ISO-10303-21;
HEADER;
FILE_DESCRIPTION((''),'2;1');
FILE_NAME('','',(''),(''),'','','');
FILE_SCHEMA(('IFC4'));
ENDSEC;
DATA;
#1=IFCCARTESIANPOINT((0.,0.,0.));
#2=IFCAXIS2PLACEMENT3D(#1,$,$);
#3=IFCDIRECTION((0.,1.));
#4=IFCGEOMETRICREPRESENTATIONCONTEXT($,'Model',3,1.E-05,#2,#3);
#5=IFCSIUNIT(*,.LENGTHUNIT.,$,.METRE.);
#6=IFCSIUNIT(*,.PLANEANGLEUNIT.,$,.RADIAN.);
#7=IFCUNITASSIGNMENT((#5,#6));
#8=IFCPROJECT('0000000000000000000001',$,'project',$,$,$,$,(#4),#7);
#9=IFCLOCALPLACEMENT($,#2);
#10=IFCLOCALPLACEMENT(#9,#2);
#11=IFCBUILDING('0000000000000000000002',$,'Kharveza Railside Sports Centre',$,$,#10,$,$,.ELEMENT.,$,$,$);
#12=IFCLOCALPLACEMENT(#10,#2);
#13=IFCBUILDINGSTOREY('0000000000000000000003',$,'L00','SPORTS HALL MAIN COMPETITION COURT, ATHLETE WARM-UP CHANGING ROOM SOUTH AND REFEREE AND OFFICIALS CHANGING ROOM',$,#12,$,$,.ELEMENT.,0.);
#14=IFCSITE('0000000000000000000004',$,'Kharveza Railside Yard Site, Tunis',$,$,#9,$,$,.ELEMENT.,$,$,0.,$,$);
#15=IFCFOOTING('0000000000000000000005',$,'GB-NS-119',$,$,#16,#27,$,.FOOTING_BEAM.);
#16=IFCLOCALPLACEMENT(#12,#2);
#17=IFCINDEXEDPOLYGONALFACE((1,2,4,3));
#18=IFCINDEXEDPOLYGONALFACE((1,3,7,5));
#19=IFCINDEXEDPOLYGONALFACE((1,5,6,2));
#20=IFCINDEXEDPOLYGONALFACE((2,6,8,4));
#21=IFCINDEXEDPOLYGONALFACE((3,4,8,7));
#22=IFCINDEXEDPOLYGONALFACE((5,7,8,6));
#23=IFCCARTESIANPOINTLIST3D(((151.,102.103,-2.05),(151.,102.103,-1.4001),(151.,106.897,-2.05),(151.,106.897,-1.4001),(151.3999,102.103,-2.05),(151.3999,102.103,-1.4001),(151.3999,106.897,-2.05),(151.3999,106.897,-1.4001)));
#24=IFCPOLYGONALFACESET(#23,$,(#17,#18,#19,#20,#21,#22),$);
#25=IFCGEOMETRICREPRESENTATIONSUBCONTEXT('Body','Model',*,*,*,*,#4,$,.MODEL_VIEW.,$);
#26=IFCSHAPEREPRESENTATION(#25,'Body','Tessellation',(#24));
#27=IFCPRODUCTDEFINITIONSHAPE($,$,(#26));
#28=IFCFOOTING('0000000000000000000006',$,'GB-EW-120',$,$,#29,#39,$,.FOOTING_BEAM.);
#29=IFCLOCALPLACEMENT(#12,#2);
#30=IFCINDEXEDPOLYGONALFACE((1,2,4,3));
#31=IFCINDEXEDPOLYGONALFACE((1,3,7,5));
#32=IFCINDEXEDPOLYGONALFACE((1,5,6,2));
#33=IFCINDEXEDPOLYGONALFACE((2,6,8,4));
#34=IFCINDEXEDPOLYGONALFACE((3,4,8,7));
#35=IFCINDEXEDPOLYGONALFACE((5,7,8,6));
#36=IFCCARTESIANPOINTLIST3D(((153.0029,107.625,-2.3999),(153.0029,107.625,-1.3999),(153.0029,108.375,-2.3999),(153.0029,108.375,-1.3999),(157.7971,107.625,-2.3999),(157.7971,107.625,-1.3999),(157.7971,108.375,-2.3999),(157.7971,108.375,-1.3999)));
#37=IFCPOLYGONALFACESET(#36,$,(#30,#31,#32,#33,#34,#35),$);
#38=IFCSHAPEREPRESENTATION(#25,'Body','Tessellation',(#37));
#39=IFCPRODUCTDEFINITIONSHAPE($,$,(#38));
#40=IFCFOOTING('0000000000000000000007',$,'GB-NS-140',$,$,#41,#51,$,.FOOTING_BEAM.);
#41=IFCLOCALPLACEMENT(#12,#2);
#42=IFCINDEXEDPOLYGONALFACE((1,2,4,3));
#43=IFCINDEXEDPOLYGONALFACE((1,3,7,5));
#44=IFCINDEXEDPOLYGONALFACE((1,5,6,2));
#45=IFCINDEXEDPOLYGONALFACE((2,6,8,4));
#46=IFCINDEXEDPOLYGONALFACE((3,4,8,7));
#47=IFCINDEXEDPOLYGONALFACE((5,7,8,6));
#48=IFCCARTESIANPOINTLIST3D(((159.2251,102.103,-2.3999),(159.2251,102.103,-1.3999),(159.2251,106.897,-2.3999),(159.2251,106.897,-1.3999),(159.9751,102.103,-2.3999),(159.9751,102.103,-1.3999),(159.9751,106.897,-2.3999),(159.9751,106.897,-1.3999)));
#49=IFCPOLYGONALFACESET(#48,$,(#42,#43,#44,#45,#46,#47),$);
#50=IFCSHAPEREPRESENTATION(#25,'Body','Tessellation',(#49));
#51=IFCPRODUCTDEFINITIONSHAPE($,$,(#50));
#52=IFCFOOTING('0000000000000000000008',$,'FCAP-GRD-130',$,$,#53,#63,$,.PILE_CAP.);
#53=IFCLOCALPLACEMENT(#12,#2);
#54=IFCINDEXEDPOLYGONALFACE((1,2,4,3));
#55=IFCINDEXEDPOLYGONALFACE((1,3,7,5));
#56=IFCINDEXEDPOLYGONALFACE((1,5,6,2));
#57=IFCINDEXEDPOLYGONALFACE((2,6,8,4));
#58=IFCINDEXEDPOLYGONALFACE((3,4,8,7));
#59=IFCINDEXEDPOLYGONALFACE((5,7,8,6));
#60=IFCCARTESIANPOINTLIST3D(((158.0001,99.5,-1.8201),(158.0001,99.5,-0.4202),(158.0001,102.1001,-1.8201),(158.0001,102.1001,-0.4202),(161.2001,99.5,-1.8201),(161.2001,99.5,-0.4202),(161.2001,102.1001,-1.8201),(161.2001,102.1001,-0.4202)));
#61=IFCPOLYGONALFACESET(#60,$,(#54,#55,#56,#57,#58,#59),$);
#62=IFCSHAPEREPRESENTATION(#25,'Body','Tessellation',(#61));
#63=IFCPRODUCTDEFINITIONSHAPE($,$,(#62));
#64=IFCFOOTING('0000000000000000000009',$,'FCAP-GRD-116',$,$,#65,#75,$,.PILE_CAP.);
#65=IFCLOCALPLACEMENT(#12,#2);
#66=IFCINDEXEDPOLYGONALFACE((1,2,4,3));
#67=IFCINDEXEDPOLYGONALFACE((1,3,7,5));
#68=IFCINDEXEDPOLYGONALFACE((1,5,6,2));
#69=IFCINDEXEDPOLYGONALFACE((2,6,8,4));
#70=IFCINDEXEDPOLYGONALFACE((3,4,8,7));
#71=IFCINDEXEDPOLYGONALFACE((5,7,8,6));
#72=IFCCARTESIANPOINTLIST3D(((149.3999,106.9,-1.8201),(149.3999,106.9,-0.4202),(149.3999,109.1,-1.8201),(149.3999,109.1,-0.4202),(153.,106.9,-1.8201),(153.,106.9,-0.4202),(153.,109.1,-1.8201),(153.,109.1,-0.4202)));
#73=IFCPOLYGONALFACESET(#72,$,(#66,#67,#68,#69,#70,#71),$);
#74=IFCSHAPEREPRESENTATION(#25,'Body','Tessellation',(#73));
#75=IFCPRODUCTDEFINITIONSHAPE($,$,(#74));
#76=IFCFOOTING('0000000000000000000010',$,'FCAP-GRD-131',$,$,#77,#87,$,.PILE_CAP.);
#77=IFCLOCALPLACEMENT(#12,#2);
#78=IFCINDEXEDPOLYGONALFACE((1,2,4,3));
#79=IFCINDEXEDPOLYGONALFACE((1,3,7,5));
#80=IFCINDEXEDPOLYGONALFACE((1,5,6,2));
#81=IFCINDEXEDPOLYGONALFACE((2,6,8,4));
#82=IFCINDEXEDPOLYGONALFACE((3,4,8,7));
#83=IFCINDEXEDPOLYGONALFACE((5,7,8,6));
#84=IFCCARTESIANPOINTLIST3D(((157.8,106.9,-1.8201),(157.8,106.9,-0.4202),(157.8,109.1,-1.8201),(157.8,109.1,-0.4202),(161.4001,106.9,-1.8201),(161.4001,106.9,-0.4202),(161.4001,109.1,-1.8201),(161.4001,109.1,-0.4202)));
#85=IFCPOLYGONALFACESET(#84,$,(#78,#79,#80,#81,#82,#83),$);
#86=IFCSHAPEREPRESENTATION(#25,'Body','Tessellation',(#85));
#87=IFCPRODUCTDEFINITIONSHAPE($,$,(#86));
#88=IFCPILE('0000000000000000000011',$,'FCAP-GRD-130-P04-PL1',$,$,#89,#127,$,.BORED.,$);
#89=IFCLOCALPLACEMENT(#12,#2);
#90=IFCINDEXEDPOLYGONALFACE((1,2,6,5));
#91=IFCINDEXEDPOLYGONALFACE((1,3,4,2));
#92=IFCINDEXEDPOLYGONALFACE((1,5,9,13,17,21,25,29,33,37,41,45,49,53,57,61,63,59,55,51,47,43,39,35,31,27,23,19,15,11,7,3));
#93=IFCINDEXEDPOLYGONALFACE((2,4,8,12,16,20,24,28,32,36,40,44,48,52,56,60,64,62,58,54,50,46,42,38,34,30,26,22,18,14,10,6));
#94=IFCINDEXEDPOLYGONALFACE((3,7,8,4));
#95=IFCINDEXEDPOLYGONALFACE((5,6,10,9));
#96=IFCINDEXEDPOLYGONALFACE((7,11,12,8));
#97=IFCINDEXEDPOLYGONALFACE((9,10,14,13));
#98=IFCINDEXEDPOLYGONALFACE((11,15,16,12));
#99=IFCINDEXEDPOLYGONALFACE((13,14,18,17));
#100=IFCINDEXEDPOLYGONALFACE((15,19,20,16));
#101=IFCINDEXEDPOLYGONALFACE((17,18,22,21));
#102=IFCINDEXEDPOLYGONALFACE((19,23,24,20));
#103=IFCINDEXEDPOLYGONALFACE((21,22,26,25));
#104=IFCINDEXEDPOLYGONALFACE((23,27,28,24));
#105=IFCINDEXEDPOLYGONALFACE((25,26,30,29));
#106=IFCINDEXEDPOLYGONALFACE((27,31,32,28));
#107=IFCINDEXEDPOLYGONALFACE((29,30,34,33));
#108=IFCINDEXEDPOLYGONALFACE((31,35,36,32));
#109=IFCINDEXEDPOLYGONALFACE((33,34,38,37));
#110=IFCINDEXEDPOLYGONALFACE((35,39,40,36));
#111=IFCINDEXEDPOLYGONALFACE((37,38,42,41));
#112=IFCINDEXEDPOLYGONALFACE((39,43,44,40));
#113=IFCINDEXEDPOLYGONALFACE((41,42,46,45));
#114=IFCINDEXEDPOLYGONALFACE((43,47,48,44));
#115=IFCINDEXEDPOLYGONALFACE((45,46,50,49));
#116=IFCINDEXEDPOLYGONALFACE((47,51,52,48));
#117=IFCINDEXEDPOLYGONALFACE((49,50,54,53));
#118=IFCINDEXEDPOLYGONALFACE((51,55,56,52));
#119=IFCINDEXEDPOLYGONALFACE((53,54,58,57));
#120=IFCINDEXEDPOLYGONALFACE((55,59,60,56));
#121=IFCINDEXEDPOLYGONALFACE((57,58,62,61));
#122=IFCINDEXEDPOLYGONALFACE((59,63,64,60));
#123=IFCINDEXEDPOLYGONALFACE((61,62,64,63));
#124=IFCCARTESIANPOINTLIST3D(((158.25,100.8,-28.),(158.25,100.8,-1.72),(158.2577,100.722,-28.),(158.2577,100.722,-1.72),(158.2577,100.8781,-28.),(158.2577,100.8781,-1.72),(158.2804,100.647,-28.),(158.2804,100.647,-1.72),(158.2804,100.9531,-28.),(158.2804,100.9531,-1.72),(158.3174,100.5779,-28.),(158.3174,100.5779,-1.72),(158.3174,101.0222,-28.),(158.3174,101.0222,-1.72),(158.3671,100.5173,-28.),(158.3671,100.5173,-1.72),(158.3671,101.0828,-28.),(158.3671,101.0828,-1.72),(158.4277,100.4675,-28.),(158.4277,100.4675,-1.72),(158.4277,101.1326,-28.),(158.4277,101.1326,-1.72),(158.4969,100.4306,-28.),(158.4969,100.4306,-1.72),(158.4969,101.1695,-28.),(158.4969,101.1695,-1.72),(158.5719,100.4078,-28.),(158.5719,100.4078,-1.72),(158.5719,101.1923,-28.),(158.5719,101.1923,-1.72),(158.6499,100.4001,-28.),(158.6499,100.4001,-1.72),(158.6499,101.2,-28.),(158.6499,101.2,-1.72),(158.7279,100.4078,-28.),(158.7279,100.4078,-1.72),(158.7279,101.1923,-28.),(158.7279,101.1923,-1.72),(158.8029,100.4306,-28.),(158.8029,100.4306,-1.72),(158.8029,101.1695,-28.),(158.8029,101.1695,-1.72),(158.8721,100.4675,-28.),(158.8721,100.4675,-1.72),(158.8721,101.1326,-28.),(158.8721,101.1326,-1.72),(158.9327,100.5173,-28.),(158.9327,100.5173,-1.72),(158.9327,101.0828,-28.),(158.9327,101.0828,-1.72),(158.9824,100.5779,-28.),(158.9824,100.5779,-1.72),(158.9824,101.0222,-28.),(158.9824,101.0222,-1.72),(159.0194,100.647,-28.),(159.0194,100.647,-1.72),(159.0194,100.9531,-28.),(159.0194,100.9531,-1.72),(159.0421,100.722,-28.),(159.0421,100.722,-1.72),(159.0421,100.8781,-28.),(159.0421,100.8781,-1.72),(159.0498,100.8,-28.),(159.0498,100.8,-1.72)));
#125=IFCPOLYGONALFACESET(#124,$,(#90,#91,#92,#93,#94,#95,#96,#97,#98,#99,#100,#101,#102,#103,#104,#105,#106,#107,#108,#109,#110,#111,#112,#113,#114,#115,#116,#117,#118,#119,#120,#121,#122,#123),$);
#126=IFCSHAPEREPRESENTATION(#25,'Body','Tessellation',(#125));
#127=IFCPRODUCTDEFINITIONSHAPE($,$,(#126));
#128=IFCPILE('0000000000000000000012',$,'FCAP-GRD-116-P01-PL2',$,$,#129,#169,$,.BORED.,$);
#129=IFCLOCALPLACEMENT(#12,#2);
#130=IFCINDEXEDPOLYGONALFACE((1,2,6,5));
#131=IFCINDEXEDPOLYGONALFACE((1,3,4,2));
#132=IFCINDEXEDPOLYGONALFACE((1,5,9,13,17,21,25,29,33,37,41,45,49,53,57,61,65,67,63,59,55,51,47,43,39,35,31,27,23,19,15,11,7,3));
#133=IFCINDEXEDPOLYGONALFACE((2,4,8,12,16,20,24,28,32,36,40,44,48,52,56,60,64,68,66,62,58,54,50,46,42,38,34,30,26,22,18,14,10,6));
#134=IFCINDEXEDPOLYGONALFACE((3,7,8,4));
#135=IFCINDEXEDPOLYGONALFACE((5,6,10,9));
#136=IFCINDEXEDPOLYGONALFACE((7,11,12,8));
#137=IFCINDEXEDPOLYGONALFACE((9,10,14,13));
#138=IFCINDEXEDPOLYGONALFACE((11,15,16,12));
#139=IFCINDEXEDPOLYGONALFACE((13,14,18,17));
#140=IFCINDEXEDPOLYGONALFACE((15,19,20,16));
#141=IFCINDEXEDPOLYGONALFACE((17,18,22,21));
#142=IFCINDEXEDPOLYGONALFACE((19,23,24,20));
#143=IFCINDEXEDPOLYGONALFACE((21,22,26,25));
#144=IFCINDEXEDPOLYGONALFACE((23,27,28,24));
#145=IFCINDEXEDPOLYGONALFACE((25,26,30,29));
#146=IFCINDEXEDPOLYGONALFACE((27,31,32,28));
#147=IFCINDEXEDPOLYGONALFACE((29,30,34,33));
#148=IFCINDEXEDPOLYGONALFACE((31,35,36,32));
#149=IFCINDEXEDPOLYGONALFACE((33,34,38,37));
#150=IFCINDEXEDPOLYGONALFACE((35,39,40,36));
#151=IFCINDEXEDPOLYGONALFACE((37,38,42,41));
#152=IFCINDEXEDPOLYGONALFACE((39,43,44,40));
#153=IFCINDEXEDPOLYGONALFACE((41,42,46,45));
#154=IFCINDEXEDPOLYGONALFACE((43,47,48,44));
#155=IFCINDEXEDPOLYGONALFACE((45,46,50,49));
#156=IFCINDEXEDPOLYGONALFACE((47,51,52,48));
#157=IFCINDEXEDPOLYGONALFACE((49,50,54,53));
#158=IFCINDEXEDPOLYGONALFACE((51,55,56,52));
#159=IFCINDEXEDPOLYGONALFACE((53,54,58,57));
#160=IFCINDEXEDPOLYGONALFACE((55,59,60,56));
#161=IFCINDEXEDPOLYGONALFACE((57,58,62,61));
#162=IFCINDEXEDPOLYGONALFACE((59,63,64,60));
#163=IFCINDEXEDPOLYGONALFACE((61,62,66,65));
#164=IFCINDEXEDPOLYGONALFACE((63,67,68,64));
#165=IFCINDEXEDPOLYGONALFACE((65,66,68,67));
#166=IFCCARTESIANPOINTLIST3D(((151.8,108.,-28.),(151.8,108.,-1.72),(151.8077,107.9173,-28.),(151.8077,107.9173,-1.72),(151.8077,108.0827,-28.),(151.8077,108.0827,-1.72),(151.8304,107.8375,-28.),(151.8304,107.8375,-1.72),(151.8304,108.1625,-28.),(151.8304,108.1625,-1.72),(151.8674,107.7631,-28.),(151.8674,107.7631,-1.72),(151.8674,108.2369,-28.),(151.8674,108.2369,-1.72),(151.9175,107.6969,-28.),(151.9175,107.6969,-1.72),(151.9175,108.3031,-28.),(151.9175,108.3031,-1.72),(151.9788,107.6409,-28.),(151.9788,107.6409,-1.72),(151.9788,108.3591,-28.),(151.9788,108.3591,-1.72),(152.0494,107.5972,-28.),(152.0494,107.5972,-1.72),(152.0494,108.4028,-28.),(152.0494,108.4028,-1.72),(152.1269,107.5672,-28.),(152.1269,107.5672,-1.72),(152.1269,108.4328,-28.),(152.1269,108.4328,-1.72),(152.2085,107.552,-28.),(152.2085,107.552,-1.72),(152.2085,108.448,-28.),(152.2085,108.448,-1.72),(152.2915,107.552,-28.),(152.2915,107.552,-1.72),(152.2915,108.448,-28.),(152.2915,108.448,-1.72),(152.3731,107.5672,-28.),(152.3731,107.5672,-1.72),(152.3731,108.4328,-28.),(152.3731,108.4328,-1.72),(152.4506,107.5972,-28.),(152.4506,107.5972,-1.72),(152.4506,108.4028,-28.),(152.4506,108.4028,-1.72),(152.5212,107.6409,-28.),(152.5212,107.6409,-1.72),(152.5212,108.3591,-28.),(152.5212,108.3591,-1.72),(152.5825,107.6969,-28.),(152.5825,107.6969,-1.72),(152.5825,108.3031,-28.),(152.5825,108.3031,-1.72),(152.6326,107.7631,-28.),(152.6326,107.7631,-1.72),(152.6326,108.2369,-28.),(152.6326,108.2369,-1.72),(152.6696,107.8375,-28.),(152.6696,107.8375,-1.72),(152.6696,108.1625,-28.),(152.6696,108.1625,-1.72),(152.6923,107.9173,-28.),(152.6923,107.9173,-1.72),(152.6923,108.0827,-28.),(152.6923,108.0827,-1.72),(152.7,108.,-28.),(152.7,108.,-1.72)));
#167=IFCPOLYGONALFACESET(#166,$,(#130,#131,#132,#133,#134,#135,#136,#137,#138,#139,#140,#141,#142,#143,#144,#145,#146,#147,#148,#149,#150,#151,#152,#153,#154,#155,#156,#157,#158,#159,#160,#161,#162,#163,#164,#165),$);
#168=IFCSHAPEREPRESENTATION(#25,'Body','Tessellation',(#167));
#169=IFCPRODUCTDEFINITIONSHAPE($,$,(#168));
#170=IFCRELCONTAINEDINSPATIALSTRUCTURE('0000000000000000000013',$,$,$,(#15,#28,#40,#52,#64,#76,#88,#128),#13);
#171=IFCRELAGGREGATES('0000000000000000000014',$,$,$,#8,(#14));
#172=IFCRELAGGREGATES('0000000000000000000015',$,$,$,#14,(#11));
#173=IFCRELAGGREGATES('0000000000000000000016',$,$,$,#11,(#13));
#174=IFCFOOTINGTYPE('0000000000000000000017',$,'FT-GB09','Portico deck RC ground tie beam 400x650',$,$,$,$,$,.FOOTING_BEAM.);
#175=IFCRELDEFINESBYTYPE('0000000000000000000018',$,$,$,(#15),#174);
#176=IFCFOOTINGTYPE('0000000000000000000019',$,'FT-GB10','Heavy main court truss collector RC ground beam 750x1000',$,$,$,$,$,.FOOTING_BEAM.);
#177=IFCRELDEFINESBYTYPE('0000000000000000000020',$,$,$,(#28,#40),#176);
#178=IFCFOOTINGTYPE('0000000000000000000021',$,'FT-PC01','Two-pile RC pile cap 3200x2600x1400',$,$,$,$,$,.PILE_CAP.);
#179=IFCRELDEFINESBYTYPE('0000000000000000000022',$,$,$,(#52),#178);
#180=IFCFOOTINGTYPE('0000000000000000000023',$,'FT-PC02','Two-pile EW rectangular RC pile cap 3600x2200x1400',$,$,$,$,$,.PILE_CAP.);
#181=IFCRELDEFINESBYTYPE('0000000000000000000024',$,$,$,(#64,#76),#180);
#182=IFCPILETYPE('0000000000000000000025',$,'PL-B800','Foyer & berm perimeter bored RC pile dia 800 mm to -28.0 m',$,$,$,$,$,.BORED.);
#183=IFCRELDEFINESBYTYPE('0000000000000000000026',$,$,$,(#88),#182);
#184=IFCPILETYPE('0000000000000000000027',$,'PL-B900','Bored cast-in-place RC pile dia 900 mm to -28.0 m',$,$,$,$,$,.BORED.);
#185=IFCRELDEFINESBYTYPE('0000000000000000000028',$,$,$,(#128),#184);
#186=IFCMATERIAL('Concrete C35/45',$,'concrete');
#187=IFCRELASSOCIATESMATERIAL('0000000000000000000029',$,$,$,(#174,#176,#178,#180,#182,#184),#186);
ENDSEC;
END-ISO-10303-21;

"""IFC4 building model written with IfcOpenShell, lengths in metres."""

from ifc_helpers import new_model, si_unit, direction, frame, origin, origin_2d, place, context, subcontext, project, spatial, rectangle, circle, extrude, material, material_profile, profile_set, type_object, element, save


model = new_model("IFC4")

# Units and contexts
model_context = context("Model", 3, precision=1e-05, world=origin(), true_north=direction((0.0, 1.0)))
body_context = subcontext(model_context, "Body", "Model", "MODEL_VIEW")
ifc_project = project(units=[si_unit("LENGTHUNIT", "METRE"), si_unit("PLANEANGLEUNIT", "RADIAN")], contexts=[model_context])

# Site, building, storey
site_placement = place(None, origin())
site = spatial("IfcSite", under=ifc_project, at=site_placement, Name="Kharveza Railside Yard Site, Tunis", CompositionType="ELEMENT", RefElevation=0.0)
building_placement = place(site_placement, origin())
building = spatial("IfcBuilding", under=site, at=building_placement, Name="Kharveza Railside Sports Centre", CompositionType="ELEMENT")
storey_placement = place(building_placement, origin())
storey = spatial("IfcBuildingStorey", under=building, at=storey_placement, Name="L00", Description="SPORTS HALL MAIN COMPETITION COURT, ATHLETE WARM-UP CHANGING ROOM SOUTH AND REFEREE AND OFFICIALS CHANGING ROOM", CompositionType="ELEMENT", Elevation=0.0)

# Footings
ifc_material_1 = material(Name="Concrete C35/45", Category="concrete")
ifc_material_profile_1 = material_profile(ifc_material_1, rectangle(XDim=0.3999, YDim=0.6499, at=origin_2d()), Name="GB 400x650")
ifc_profile_set_1 = profile_set([ifc_material_profile_1], Name="Concrete C35/45")
footing_type_1 = type_object("IfcFootingType", Name="FT-GB09", Description="Portico deck RC ground tie beam 400x650", PredefinedType="FOOTING_BEAM", material=ifc_profile_set_1)
footing_1_placement = place(storey_placement, frame((151.2, 102.103, -1.7251), z_axis=(0.0, 1.0, 0.0), x_axis=(-1.0, 0.0, 0.0)))
element("IfcFooting", 1, at=footing_1_placement, inside=storey, type_object=footing_type_1, Name="GB-NS-119", PredefinedType="FOOTING_BEAM", context=body_context, shape_type="SweptSolid", body=[
    extrude(rectangle(XDim=0.3999, YDim=0.6499, at=origin_2d()), origin(), (0.0, 0.0, 1.0), 4.7939),
])
ifc_material_profile_2 = material_profile(ifc_material_1, rectangle(XDim=0.75, YDim=1.0, at=origin_2d()), Name="GB 750x1000")
ifc_profile_set_2 = profile_set([ifc_material_profile_2], Name="Concrete C35/45")
footing_type_2 = type_object("IfcFootingType", Name="FT-GB10", Description="Heavy main court truss collector RC ground beam 750x1000", PredefinedType="FOOTING_BEAM", material=ifc_profile_set_2)
footing_2_placement = place(storey_placement, frame((153.0029, 108.0, -1.8999), z_axis=(1.0, 0.0, 0.0), x_axis=(0.0, 1.0, 0.0)))
element("IfcFooting", 2, at=footing_2_placement, inside=storey, type_object=footing_type_2, Name="GB-EW-120", PredefinedType="FOOTING_BEAM", context=body_context, shape_type="SweptSolid", body=[
    extrude(rectangle(XDim=0.75, YDim=1.0, at=origin_2d()), origin(), (0.0, 0.0, 1.0), 4.7942),
])
footing_3_placement = place(storey_placement, frame((159.6001, 102.103, -1.8999), z_axis=(0.0, 1.0, 0.0), x_axis=(-1.0, 0.0, 0.0)))
element("IfcFooting", 3, at=footing_3_placement, inside=storey, type_object=footing_type_2, Name="GB-NS-140", PredefinedType="FOOTING_BEAM", context=body_context, shape_type="SweptSolid", body=[
    extrude(rectangle(XDim=0.75, YDim=1.0, at=origin_2d()), origin(), (0.0, 0.0, 1.0), 4.7939),
])
footing_type_3 = type_object("IfcFootingType", Name="FT-PC01", Description="Two-pile RC pile cap 3200x2600x1400", PredefinedType="PILE_CAP", material=ifc_material_1)
footing_4_placement = place(storey_placement, frame((159.6001, 100.8, -1.8201), z_axis=(0.0, 0.0, 1.0), x_axis=(1.0, 0.0, 0.0)))
element("IfcFooting", 4, at=footing_4_placement, inside=storey, type_object=footing_type_3, Name="FCAP-GRD-130", PredefinedType="PILE_CAP", context=body_context, shape_type="SweptSolid", body=[
    extrude(rectangle(XDim=3.2, YDim=2.6001, at=origin_2d()), origin(), (0.0, 0.0, 1.0), 1.3999),
])
footing_type_4 = type_object("IfcFootingType", Name="FT-PC02", Description="Two-pile EW rectangular RC pile cap 3600x2200x1400", PredefinedType="PILE_CAP", material=ifc_material_1)
for number, where, z_axis, x_axis, name in (
    (5, (151.2, 108.0, -1.8201), (0.0, 0.0, 1.0), (1.0, 0.0, 0.0), "FCAP-GRD-116"),
    (6, (159.6001, 108.0, -1.8201), (0.0, 0.0, 1.0), (1.0, 0.0, 0.0), "FCAP-GRD-131"),
):
    element("IfcFooting", number, at=place(storey_placement, frame(where, z_axis=z_axis, x_axis=x_axis)), inside=storey, type_object=footing_type_4, Name=name, PredefinedType="PILE_CAP", context=body_context, shape_type="SweptSolid", body=[
        extrude(rectangle(XDim=3.6001, YDim=2.2, at=origin_2d()), origin(), (0.0, 0.0, 1.0), 1.3999),
    ])

# Piles
ifc_material_profile_3 = material_profile(ifc_material_1, circle(Radius=0.3999, at=origin_2d()), Name="PILE D800")
ifc_profile_set_3 = profile_set([ifc_material_profile_3], Name="Concrete C35/45")
pile_type_1 = type_object("IfcPileType", Name="PL-B800", Description="Foyer & berm perimeter bored RC pile dia 800 mm to -28.0 m", PredefinedType="BORED", material=ifc_profile_set_3)
pile_placement = place(storey_placement, frame((158.6499, 100.8, -1.72), z_axis=(0.0, 0.0, -1.0), x_axis=(1.0, 0.0, 0.0)))
element("IfcPile", 7, at=pile_placement, inside=storey, type_object=pile_type_1, Name="FCAP-GRD-130-P04-PL1", PredefinedType="BORED", context=body_context, shape_type="SweptSolid", body=[
    extrude(circle(Radius=0.3999, at=origin_2d()), origin(), (0.0, 0.0, 1.0), 26.28),
])
ifc_material_profile_4 = material_profile(ifc_material_1, circle(Radius=0.45, at=origin_2d()), Name="PILE D900")
ifc_profile_set_4 = profile_set([ifc_material_profile_4], Name="Concrete C35/45")
pile_type_2 = type_object("IfcPileType", Name="PL-B900", Description="Bored cast-in-place RC pile dia 900 mm to -28.0 m", PredefinedType="BORED", material=ifc_profile_set_4)
for number, where, z_axis, x_axis, name in (
    (8, (152.25, 108.0, -1.72), (0.0, 0.0, -1.0), (1.0, 0.0, 0.0), "FCAP-GRD-116-P01-PL2"),
):
    element("IfcPile", number, at=place(storey_placement, frame(where, z_axis=z_axis, x_axis=x_axis)), inside=storey, type_object=pile_type_2, Name=name, PredefinedType="BORED", context=body_context, shape_type="SweptSolid", body=[
        extrude(circle(Radius=0.45, at=origin_2d()), origin(), (0.0, 0.0, 1.0), 26.28),
    ])

save(model, "model.ifc")
